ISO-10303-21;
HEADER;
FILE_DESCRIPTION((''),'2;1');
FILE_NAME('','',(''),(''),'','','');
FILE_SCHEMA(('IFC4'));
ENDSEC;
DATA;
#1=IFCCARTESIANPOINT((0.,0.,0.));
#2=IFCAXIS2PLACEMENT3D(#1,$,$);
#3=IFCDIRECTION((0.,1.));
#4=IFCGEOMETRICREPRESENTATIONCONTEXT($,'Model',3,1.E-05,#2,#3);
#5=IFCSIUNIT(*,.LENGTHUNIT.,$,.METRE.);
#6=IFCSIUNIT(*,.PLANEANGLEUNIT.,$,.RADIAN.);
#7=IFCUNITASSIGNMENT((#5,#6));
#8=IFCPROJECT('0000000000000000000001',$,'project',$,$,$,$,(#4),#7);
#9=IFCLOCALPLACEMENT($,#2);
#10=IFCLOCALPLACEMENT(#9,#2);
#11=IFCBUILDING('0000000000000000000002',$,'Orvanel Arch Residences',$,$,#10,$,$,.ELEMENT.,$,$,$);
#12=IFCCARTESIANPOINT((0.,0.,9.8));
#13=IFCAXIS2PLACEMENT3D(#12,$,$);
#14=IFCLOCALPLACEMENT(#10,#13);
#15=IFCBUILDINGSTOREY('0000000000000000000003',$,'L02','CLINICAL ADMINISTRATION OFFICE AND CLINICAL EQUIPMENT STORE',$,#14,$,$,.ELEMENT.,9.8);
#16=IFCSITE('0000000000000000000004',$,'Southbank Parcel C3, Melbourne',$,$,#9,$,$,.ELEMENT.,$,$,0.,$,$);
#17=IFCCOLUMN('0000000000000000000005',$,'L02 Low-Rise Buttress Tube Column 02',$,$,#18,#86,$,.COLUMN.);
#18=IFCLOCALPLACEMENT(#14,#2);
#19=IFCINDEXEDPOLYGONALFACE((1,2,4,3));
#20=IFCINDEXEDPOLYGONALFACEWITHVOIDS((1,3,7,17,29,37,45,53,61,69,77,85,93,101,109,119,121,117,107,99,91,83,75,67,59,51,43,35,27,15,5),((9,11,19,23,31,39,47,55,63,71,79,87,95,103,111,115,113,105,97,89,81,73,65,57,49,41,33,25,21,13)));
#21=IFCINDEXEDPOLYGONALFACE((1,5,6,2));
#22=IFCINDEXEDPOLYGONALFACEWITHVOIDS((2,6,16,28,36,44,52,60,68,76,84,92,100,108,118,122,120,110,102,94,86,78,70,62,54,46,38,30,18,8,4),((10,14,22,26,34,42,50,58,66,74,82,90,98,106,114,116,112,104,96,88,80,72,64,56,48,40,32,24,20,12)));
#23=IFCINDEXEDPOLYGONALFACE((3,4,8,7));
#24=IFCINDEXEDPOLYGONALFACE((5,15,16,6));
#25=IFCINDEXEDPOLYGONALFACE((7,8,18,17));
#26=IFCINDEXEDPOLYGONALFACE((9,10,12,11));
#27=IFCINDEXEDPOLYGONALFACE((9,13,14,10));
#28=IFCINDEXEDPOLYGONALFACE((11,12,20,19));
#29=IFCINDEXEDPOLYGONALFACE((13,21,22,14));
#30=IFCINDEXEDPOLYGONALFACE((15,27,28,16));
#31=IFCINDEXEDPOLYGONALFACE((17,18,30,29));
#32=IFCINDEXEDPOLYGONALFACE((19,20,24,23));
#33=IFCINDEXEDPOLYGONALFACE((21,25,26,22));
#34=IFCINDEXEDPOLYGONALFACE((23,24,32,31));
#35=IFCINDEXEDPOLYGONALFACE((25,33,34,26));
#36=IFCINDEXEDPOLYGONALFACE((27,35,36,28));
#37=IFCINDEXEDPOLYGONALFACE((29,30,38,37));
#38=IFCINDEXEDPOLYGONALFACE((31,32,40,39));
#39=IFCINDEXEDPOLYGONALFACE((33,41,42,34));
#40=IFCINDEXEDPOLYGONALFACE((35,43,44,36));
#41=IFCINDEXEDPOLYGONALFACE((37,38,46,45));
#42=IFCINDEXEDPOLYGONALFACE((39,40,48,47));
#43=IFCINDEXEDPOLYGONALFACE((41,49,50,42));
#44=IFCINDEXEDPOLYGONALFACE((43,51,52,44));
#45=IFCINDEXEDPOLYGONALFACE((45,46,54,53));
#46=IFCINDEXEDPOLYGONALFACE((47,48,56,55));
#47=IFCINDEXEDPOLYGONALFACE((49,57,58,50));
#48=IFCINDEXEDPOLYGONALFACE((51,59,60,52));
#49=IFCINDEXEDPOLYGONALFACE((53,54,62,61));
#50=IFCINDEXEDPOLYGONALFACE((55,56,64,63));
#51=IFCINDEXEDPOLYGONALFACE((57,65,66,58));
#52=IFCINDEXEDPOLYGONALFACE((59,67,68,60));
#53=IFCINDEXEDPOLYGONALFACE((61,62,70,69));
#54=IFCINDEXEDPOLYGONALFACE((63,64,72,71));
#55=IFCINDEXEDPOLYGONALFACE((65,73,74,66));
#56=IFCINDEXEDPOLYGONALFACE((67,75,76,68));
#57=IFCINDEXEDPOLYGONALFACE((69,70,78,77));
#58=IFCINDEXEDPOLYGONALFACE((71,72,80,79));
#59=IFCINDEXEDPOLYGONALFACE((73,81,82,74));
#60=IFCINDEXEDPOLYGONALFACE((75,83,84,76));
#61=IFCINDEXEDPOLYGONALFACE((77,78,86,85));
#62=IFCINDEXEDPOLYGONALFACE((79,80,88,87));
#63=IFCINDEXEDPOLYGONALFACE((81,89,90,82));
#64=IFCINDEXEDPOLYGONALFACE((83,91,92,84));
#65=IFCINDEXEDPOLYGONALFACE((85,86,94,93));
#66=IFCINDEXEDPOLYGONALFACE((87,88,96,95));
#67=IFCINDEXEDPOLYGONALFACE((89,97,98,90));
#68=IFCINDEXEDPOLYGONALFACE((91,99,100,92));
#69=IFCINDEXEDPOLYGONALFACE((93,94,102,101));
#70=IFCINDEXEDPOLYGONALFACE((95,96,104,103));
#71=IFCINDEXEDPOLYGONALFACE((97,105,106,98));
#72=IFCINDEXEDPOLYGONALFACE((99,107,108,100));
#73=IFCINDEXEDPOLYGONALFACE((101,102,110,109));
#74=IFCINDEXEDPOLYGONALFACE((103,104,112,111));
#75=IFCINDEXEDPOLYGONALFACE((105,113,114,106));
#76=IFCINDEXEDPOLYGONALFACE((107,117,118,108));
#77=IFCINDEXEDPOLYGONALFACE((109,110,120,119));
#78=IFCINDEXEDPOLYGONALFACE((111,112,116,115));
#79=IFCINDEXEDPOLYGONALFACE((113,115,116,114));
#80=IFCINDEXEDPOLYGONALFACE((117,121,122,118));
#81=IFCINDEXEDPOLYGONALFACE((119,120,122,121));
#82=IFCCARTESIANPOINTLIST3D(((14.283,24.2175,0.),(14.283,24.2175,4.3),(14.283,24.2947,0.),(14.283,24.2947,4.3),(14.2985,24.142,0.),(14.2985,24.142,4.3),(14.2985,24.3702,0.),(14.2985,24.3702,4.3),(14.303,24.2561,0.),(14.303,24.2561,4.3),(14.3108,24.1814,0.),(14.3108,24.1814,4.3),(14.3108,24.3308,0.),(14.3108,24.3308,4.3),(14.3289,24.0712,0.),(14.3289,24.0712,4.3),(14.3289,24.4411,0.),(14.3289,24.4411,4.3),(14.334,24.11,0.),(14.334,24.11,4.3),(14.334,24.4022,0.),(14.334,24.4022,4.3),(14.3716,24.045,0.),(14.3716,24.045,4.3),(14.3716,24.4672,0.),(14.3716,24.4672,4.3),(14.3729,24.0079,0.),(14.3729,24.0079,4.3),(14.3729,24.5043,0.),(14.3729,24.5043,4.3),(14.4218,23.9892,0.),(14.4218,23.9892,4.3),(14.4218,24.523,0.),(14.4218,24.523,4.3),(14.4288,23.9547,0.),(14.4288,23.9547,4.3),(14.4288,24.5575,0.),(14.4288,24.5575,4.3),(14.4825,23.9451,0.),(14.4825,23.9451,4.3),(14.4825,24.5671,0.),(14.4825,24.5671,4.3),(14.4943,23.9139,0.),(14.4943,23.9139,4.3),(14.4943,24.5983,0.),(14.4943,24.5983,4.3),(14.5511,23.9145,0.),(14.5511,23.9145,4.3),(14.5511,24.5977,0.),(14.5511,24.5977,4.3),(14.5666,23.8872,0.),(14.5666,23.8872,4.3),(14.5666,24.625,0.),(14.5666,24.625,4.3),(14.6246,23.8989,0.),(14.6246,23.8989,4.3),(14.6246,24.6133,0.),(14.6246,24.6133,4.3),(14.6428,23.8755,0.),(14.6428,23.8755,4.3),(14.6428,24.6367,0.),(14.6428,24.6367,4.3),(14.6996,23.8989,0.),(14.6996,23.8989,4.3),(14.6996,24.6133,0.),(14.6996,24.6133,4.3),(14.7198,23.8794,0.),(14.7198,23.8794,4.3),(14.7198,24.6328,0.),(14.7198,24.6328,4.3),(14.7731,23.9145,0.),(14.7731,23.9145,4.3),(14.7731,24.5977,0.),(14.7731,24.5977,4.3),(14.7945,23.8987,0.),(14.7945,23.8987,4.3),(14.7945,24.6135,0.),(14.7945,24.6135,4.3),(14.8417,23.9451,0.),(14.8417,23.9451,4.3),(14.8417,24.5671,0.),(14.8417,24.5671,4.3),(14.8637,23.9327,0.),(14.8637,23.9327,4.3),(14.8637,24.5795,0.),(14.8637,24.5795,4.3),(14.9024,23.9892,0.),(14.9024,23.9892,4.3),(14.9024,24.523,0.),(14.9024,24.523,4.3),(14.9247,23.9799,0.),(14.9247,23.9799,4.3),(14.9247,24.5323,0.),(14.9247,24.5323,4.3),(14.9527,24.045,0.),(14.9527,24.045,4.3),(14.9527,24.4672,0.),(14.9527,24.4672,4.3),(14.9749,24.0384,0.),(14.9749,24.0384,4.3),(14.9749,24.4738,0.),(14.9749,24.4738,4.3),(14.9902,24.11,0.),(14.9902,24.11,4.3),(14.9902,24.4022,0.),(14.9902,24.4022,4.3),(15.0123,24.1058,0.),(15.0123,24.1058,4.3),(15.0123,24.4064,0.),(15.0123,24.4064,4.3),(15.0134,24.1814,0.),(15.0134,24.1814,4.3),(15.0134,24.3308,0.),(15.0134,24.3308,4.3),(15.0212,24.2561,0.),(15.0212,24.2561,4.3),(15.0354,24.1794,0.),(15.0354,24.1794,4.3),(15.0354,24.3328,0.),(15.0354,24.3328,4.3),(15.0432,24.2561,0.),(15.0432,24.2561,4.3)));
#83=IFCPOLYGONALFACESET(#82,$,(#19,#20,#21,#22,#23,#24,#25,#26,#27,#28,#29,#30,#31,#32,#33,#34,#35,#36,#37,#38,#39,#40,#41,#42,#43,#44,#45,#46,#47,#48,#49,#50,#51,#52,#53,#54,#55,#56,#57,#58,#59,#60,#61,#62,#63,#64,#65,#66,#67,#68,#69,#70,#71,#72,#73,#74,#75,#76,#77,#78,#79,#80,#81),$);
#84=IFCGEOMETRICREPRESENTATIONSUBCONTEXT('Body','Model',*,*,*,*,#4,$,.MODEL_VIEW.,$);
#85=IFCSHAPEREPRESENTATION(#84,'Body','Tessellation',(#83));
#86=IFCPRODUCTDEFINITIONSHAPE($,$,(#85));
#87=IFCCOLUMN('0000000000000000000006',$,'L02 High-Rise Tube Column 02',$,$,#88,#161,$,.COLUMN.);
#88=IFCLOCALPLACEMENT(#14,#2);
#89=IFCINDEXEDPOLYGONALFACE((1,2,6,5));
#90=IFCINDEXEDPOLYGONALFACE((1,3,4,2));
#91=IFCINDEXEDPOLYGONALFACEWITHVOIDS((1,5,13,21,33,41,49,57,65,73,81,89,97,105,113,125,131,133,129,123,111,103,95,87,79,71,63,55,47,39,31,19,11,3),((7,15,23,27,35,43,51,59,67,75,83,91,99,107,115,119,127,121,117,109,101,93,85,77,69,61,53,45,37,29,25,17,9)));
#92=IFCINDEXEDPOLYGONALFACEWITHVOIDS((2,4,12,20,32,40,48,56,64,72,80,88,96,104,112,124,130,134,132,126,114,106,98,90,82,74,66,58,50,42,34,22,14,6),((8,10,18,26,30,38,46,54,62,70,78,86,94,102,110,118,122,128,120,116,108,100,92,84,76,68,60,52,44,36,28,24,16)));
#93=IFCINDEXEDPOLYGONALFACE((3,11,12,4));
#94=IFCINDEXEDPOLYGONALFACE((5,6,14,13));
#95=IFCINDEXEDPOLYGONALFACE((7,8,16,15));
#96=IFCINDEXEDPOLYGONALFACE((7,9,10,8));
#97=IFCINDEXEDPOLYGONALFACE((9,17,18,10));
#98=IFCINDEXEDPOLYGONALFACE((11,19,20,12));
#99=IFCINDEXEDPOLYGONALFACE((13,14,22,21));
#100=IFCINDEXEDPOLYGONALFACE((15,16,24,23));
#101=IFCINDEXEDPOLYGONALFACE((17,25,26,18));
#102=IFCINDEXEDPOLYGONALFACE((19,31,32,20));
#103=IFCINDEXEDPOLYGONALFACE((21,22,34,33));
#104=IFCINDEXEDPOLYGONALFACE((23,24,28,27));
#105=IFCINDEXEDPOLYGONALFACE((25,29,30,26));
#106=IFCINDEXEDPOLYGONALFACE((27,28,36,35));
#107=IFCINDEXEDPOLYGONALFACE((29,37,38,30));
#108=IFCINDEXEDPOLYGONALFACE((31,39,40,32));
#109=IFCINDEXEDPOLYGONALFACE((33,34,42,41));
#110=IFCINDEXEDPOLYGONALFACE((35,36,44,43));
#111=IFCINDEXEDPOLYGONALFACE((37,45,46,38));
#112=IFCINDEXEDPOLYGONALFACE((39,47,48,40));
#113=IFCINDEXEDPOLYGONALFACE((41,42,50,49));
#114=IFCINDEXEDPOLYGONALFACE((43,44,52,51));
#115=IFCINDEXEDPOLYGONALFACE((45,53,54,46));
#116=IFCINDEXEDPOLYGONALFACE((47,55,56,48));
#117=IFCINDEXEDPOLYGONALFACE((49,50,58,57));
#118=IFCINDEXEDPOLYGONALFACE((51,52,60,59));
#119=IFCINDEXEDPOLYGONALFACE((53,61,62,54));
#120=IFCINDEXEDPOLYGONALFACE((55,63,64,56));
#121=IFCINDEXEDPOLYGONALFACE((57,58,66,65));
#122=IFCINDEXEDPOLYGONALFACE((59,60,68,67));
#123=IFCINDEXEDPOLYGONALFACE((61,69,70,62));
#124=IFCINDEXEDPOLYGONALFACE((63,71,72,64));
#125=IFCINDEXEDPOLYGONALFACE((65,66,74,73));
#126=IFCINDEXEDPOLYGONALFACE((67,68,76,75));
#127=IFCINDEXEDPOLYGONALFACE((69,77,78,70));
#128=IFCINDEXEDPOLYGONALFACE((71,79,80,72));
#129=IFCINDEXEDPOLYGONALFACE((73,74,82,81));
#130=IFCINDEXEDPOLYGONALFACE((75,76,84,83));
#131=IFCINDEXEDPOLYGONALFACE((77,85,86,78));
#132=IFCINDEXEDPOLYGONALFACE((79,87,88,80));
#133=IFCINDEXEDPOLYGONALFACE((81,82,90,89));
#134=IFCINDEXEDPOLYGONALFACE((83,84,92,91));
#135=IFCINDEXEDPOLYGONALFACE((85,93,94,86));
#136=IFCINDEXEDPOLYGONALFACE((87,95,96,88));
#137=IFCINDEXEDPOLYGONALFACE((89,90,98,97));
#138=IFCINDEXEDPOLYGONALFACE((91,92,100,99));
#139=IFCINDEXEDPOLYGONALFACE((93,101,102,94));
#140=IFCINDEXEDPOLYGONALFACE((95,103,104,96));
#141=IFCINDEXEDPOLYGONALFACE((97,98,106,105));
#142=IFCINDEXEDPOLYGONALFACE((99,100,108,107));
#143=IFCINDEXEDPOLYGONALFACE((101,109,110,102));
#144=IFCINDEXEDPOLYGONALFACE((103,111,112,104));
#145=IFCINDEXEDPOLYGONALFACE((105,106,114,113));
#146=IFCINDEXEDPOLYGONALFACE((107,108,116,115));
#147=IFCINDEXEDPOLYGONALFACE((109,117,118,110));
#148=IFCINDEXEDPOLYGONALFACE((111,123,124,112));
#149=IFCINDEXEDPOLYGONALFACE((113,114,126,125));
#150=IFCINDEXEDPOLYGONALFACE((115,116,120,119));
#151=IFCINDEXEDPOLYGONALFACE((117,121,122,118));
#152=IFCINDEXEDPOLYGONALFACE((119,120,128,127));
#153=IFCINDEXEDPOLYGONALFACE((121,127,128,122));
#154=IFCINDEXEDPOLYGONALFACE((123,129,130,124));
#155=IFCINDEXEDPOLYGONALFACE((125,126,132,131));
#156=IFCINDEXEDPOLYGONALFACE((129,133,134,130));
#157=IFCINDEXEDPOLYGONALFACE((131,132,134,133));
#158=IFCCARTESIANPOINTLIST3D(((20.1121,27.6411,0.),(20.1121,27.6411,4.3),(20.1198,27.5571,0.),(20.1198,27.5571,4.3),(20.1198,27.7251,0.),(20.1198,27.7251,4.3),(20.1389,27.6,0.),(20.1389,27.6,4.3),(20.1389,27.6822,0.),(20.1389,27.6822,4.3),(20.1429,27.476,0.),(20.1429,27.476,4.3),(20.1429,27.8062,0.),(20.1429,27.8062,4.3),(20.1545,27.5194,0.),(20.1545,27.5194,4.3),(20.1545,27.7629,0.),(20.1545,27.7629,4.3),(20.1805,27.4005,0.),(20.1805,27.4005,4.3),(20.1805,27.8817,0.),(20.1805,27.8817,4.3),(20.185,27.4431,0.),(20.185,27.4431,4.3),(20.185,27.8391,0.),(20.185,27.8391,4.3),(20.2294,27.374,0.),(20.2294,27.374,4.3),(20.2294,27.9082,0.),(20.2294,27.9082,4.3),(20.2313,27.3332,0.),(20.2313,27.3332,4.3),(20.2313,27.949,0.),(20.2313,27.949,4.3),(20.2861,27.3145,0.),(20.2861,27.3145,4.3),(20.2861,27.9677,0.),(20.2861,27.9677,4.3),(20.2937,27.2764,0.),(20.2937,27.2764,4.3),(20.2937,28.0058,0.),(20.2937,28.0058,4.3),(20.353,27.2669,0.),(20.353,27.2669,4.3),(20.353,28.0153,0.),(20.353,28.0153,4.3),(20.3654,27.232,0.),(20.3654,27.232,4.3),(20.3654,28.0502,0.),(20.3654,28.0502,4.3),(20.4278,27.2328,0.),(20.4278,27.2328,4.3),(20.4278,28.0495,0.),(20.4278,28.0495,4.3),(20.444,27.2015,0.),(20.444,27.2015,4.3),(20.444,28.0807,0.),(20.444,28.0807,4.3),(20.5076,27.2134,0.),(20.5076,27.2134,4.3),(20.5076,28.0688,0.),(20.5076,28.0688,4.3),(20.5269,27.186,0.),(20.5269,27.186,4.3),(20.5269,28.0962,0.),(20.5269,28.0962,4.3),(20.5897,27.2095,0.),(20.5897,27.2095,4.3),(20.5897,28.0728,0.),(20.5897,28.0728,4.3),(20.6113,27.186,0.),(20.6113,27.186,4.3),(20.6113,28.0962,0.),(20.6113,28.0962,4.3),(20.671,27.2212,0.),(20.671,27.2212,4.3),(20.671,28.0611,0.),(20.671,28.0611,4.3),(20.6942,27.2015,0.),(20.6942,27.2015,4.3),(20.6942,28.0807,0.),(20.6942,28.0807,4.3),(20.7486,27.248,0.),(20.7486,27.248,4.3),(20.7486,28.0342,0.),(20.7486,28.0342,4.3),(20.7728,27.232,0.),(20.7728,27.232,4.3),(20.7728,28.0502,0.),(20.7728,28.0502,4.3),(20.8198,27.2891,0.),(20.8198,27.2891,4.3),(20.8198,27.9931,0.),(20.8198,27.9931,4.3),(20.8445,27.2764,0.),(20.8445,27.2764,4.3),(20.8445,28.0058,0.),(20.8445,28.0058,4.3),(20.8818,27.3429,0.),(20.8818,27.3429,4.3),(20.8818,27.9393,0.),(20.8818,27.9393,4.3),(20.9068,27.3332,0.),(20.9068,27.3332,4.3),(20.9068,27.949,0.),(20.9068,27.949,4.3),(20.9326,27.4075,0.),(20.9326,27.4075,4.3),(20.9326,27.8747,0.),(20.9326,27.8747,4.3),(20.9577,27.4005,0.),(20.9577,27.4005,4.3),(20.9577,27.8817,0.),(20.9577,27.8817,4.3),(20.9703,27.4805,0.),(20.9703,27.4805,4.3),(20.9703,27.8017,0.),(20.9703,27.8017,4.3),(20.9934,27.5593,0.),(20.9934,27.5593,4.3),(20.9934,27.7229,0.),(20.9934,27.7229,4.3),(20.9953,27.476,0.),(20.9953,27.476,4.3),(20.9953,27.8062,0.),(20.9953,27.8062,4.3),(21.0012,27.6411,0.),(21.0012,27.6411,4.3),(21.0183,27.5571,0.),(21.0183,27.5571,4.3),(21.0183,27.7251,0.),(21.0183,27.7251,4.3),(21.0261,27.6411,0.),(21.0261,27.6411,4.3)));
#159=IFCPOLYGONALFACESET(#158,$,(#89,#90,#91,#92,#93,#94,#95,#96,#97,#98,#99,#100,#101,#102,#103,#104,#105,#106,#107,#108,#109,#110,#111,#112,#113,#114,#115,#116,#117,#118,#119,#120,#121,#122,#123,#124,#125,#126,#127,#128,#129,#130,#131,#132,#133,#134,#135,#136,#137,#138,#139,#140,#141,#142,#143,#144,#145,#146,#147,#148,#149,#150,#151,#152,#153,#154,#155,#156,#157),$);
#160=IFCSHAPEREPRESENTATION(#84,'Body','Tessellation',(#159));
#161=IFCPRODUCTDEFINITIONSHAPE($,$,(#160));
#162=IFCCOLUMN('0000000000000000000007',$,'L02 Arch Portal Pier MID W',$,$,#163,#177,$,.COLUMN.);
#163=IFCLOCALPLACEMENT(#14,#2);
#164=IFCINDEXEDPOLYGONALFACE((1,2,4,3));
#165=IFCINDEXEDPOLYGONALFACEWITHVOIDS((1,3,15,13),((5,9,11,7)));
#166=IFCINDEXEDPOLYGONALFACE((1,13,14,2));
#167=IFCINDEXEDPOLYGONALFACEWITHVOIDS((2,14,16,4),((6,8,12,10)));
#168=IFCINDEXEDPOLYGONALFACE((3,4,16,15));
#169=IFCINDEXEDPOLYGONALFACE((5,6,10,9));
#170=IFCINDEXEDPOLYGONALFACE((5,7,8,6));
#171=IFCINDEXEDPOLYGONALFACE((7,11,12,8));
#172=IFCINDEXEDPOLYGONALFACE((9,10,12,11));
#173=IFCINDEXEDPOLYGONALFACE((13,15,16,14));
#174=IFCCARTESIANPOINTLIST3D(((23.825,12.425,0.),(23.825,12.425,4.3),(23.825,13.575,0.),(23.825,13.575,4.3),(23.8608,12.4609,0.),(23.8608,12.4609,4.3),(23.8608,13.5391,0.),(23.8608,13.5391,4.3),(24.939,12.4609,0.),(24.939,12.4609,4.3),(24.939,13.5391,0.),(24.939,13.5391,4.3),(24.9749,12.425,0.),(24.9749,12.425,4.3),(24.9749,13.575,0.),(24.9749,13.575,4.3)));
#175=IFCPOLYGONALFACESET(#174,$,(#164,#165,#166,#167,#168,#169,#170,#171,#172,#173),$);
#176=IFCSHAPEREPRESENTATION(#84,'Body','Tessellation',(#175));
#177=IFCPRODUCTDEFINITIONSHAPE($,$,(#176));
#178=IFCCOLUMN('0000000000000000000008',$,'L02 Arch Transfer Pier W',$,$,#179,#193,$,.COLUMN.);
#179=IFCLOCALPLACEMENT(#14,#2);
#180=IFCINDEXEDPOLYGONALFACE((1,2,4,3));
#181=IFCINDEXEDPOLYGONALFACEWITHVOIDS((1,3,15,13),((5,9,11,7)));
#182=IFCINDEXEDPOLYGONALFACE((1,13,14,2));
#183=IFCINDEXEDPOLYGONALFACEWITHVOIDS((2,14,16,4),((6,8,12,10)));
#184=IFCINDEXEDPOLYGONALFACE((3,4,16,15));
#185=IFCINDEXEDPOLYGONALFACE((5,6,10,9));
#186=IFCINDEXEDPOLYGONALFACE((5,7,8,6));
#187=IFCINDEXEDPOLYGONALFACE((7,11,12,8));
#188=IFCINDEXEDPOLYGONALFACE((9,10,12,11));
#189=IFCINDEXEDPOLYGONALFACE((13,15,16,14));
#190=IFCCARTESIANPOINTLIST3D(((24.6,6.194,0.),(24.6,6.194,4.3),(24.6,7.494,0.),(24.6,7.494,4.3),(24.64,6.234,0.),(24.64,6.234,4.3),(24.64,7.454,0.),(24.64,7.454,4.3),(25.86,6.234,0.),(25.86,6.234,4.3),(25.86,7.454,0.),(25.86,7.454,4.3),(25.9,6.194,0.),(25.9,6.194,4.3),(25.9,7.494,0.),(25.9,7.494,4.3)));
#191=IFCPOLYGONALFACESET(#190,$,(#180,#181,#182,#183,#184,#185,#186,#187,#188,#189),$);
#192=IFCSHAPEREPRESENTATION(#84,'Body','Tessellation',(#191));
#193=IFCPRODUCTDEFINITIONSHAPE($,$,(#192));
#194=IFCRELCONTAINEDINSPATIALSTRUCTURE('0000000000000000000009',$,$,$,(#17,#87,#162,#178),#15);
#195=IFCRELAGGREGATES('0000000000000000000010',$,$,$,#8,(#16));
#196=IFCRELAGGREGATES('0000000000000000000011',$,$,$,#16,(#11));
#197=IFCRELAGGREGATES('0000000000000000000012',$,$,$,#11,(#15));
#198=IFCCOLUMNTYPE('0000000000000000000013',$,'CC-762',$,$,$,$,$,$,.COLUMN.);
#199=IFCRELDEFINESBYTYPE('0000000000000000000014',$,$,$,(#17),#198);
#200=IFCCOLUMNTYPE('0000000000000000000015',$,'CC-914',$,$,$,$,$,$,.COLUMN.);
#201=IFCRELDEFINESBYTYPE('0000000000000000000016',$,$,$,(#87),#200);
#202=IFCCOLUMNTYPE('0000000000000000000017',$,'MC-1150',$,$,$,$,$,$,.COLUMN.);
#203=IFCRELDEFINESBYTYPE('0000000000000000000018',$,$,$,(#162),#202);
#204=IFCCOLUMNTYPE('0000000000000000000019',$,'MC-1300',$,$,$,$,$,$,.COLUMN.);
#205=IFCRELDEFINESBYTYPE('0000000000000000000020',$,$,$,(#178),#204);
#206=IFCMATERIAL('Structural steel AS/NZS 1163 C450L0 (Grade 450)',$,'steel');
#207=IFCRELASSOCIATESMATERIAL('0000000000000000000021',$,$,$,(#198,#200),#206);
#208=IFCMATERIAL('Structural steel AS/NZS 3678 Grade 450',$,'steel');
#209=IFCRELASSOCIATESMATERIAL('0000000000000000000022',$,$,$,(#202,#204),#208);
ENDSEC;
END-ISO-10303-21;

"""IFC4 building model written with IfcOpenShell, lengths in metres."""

from ifc_helpers import new_model, si_unit, direction, frame, origin, origin_2d, place, context, subcontext, project, spatial, hollow_rectangle, hollow_circle, extrude, material, material_profile, profile_set, type_object, element, save


model = new_model("IFC4")

# Units and contexts
model_context = context("Model", 3, precision=1e-05, world=origin(), true_north=direction((0.0, 1.0)))
body_context = subcontext(model_context, "Body", "Model", "MODEL_VIEW")
ifc_project = project(units=[si_unit("LENGTHUNIT", "METRE"), si_unit("PLANEANGLEUNIT", "RADIAN")], contexts=[model_context])

# Site, building, storey
site_placement = place(None, origin())
site = spatial("IfcSite", under=ifc_project, at=site_placement, Name="Southbank Parcel C3, Melbourne", CompositionType="ELEMENT", RefElevation=0.0)
building_placement = place(site_placement, origin())
building = spatial("IfcBuilding", under=site, at=building_placement, Name="Orvanel Arch Residences", CompositionType="ELEMENT")
storey_placement = place(building_placement, frame((0.0, 0.0, 9.8)))
storey = spatial("IfcBuildingStorey", under=building, at=storey_placement, Name="L02", Description="CLINICAL ADMINISTRATION OFFICE AND CLINICAL EQUIPMENT STORE", CompositionType="ELEMENT", Elevation=9.8)

# Columns
ifc_material_1 = material(Name="Structural steel AS/NZS 1163 C450L0 (Grade 450)", Category="steel")
ifc_material_profile_1 = material_profile(ifc_material_1, hollow_circle(Radius=0.3811, WallThickness=0.022, at=origin_2d()), Name="CHS762x22")
ifc_profile_set_1 = profile_set([ifc_material_profile_1], Name="Structural steel AS/NZS 1163 C450L0 (Grade 450)")
column_type_1 = type_object("IfcColumnType", Name="CC-762", PredefinedType="COLUMN", material=ifc_profile_set_1)
column_1_placement = place(storey_placement, frame((14.6621, 24.2561, 0.0), z_axis=(0.0, 0.0, 1.0), x_axis=(1.0, 0.0, 0.0)))
element("IfcColumn", 1, at=column_1_placement, inside=storey, type_object=column_type_1, Name="L02 Low-Rise Buttress Tube Column 02", PredefinedType="COLUMN", context=body_context, shape_type="SweptSolid", body=[
    extrude(hollow_circle(Radius=0.3811, WallThickness=0.022, at=origin_2d()), origin(), (0.0, 0.0, 1.0), 4.3),
])
ifc_material_profile_2 = material_profile(ifc_material_1, hollow_circle(Radius=0.457, WallThickness=0.0249, at=origin_2d()), Name="CHS914x25")
ifc_profile_set_2 = profile_set([ifc_material_profile_2], Name="Structural steel AS/NZS 1163 C450L0 (Grade 450)")
column_type_2 = type_object("IfcColumnType", Name="CC-914", PredefinedType="COLUMN", material=ifc_profile_set_2)
column_2_placement = place(storey_placement, frame((20.5691, 27.6411, 0.0), z_axis=(0.0, 0.0, 1.0), x_axis=(1.0, 0.0, 0.0)))
element("IfcColumn", 2, at=column_2_placement, inside=storey, type_object=column_type_2, Name="L02 High-Rise Tube Column 02", PredefinedType="COLUMN", context=body_context, shape_type="SweptSolid", body=[
    extrude(hollow_circle(Radius=0.457, WallThickness=0.0249, at=origin_2d()), origin(), (0.0, 0.0, 1.0), 4.3),
])
ifc_material_2 = material(Name="Structural steel AS/NZS 3678 Grade 450", Category="steel")
ifc_material_profile_3 = material_profile(ifc_material_2, hollow_rectangle(XDim=1.1499, YDim=1.1499, WallThickness=0.0359, at=origin_2d()), Name="BOX1150x1150x36")
ifc_profile_set_3 = profile_set([ifc_material_profile_3], Name="Structural steel AS/NZS 3678 Grade 450")
column_type_3 = type_object("IfcColumnType", Name="MC-1150", PredefinedType="COLUMN", material=ifc_profile_set_3)
column_3_placement = place(storey_placement, frame((24.3999, 13.0, 0.0), z_axis=(0.0, 0.0, 1.0), x_axis=(1.0, 0.0, 0.0)))
element("IfcColumn", 3, at=column_3_placement, inside=storey, type_object=column_type_3, Name="L02 Arch Portal Pier MID W", PredefinedType="COLUMN", context=body_context, shape_type="SweptSolid", body=[
    extrude(hollow_rectangle(XDim=1.1499, YDim=1.1499, WallThickness=0.0359, at=origin_2d()), origin(), (0.0, 0.0, 1.0), 4.3),
])
ifc_material_profile_4 = material_profile(ifc_material_2, hollow_rectangle(XDim=1.3, YDim=1.3, WallThickness=0.04, at=origin_2d()), Name="BOX1300x1300x40")
ifc_profile_set_4 = profile_set([ifc_material_profile_4], Name="Structural steel AS/NZS 3678 Grade 450")
column_type_4 = type_object("IfcColumnType", Name="MC-1300", PredefinedType="COLUMN", material=ifc_profile_set_4)
column_4_placement = place(storey_placement, frame((25.25, 6.844, 0.0), z_axis=(0.0, 0.0, 1.0), x_axis=(1.0, 0.0, 0.0)))
element("IfcColumn", 4, at=column_4_placement, inside=storey, type_object=column_type_4, Name="L02 Arch Transfer Pier W", PredefinedType="COLUMN", context=body_context, shape_type="SweptSolid", body=[
    extrude(hollow_rectangle(XDim=1.3, YDim=1.3, WallThickness=0.04, at=origin_2d()), origin(), (0.0, 0.0, 1.0), 4.3),
])

save(model, "model.ifc")
